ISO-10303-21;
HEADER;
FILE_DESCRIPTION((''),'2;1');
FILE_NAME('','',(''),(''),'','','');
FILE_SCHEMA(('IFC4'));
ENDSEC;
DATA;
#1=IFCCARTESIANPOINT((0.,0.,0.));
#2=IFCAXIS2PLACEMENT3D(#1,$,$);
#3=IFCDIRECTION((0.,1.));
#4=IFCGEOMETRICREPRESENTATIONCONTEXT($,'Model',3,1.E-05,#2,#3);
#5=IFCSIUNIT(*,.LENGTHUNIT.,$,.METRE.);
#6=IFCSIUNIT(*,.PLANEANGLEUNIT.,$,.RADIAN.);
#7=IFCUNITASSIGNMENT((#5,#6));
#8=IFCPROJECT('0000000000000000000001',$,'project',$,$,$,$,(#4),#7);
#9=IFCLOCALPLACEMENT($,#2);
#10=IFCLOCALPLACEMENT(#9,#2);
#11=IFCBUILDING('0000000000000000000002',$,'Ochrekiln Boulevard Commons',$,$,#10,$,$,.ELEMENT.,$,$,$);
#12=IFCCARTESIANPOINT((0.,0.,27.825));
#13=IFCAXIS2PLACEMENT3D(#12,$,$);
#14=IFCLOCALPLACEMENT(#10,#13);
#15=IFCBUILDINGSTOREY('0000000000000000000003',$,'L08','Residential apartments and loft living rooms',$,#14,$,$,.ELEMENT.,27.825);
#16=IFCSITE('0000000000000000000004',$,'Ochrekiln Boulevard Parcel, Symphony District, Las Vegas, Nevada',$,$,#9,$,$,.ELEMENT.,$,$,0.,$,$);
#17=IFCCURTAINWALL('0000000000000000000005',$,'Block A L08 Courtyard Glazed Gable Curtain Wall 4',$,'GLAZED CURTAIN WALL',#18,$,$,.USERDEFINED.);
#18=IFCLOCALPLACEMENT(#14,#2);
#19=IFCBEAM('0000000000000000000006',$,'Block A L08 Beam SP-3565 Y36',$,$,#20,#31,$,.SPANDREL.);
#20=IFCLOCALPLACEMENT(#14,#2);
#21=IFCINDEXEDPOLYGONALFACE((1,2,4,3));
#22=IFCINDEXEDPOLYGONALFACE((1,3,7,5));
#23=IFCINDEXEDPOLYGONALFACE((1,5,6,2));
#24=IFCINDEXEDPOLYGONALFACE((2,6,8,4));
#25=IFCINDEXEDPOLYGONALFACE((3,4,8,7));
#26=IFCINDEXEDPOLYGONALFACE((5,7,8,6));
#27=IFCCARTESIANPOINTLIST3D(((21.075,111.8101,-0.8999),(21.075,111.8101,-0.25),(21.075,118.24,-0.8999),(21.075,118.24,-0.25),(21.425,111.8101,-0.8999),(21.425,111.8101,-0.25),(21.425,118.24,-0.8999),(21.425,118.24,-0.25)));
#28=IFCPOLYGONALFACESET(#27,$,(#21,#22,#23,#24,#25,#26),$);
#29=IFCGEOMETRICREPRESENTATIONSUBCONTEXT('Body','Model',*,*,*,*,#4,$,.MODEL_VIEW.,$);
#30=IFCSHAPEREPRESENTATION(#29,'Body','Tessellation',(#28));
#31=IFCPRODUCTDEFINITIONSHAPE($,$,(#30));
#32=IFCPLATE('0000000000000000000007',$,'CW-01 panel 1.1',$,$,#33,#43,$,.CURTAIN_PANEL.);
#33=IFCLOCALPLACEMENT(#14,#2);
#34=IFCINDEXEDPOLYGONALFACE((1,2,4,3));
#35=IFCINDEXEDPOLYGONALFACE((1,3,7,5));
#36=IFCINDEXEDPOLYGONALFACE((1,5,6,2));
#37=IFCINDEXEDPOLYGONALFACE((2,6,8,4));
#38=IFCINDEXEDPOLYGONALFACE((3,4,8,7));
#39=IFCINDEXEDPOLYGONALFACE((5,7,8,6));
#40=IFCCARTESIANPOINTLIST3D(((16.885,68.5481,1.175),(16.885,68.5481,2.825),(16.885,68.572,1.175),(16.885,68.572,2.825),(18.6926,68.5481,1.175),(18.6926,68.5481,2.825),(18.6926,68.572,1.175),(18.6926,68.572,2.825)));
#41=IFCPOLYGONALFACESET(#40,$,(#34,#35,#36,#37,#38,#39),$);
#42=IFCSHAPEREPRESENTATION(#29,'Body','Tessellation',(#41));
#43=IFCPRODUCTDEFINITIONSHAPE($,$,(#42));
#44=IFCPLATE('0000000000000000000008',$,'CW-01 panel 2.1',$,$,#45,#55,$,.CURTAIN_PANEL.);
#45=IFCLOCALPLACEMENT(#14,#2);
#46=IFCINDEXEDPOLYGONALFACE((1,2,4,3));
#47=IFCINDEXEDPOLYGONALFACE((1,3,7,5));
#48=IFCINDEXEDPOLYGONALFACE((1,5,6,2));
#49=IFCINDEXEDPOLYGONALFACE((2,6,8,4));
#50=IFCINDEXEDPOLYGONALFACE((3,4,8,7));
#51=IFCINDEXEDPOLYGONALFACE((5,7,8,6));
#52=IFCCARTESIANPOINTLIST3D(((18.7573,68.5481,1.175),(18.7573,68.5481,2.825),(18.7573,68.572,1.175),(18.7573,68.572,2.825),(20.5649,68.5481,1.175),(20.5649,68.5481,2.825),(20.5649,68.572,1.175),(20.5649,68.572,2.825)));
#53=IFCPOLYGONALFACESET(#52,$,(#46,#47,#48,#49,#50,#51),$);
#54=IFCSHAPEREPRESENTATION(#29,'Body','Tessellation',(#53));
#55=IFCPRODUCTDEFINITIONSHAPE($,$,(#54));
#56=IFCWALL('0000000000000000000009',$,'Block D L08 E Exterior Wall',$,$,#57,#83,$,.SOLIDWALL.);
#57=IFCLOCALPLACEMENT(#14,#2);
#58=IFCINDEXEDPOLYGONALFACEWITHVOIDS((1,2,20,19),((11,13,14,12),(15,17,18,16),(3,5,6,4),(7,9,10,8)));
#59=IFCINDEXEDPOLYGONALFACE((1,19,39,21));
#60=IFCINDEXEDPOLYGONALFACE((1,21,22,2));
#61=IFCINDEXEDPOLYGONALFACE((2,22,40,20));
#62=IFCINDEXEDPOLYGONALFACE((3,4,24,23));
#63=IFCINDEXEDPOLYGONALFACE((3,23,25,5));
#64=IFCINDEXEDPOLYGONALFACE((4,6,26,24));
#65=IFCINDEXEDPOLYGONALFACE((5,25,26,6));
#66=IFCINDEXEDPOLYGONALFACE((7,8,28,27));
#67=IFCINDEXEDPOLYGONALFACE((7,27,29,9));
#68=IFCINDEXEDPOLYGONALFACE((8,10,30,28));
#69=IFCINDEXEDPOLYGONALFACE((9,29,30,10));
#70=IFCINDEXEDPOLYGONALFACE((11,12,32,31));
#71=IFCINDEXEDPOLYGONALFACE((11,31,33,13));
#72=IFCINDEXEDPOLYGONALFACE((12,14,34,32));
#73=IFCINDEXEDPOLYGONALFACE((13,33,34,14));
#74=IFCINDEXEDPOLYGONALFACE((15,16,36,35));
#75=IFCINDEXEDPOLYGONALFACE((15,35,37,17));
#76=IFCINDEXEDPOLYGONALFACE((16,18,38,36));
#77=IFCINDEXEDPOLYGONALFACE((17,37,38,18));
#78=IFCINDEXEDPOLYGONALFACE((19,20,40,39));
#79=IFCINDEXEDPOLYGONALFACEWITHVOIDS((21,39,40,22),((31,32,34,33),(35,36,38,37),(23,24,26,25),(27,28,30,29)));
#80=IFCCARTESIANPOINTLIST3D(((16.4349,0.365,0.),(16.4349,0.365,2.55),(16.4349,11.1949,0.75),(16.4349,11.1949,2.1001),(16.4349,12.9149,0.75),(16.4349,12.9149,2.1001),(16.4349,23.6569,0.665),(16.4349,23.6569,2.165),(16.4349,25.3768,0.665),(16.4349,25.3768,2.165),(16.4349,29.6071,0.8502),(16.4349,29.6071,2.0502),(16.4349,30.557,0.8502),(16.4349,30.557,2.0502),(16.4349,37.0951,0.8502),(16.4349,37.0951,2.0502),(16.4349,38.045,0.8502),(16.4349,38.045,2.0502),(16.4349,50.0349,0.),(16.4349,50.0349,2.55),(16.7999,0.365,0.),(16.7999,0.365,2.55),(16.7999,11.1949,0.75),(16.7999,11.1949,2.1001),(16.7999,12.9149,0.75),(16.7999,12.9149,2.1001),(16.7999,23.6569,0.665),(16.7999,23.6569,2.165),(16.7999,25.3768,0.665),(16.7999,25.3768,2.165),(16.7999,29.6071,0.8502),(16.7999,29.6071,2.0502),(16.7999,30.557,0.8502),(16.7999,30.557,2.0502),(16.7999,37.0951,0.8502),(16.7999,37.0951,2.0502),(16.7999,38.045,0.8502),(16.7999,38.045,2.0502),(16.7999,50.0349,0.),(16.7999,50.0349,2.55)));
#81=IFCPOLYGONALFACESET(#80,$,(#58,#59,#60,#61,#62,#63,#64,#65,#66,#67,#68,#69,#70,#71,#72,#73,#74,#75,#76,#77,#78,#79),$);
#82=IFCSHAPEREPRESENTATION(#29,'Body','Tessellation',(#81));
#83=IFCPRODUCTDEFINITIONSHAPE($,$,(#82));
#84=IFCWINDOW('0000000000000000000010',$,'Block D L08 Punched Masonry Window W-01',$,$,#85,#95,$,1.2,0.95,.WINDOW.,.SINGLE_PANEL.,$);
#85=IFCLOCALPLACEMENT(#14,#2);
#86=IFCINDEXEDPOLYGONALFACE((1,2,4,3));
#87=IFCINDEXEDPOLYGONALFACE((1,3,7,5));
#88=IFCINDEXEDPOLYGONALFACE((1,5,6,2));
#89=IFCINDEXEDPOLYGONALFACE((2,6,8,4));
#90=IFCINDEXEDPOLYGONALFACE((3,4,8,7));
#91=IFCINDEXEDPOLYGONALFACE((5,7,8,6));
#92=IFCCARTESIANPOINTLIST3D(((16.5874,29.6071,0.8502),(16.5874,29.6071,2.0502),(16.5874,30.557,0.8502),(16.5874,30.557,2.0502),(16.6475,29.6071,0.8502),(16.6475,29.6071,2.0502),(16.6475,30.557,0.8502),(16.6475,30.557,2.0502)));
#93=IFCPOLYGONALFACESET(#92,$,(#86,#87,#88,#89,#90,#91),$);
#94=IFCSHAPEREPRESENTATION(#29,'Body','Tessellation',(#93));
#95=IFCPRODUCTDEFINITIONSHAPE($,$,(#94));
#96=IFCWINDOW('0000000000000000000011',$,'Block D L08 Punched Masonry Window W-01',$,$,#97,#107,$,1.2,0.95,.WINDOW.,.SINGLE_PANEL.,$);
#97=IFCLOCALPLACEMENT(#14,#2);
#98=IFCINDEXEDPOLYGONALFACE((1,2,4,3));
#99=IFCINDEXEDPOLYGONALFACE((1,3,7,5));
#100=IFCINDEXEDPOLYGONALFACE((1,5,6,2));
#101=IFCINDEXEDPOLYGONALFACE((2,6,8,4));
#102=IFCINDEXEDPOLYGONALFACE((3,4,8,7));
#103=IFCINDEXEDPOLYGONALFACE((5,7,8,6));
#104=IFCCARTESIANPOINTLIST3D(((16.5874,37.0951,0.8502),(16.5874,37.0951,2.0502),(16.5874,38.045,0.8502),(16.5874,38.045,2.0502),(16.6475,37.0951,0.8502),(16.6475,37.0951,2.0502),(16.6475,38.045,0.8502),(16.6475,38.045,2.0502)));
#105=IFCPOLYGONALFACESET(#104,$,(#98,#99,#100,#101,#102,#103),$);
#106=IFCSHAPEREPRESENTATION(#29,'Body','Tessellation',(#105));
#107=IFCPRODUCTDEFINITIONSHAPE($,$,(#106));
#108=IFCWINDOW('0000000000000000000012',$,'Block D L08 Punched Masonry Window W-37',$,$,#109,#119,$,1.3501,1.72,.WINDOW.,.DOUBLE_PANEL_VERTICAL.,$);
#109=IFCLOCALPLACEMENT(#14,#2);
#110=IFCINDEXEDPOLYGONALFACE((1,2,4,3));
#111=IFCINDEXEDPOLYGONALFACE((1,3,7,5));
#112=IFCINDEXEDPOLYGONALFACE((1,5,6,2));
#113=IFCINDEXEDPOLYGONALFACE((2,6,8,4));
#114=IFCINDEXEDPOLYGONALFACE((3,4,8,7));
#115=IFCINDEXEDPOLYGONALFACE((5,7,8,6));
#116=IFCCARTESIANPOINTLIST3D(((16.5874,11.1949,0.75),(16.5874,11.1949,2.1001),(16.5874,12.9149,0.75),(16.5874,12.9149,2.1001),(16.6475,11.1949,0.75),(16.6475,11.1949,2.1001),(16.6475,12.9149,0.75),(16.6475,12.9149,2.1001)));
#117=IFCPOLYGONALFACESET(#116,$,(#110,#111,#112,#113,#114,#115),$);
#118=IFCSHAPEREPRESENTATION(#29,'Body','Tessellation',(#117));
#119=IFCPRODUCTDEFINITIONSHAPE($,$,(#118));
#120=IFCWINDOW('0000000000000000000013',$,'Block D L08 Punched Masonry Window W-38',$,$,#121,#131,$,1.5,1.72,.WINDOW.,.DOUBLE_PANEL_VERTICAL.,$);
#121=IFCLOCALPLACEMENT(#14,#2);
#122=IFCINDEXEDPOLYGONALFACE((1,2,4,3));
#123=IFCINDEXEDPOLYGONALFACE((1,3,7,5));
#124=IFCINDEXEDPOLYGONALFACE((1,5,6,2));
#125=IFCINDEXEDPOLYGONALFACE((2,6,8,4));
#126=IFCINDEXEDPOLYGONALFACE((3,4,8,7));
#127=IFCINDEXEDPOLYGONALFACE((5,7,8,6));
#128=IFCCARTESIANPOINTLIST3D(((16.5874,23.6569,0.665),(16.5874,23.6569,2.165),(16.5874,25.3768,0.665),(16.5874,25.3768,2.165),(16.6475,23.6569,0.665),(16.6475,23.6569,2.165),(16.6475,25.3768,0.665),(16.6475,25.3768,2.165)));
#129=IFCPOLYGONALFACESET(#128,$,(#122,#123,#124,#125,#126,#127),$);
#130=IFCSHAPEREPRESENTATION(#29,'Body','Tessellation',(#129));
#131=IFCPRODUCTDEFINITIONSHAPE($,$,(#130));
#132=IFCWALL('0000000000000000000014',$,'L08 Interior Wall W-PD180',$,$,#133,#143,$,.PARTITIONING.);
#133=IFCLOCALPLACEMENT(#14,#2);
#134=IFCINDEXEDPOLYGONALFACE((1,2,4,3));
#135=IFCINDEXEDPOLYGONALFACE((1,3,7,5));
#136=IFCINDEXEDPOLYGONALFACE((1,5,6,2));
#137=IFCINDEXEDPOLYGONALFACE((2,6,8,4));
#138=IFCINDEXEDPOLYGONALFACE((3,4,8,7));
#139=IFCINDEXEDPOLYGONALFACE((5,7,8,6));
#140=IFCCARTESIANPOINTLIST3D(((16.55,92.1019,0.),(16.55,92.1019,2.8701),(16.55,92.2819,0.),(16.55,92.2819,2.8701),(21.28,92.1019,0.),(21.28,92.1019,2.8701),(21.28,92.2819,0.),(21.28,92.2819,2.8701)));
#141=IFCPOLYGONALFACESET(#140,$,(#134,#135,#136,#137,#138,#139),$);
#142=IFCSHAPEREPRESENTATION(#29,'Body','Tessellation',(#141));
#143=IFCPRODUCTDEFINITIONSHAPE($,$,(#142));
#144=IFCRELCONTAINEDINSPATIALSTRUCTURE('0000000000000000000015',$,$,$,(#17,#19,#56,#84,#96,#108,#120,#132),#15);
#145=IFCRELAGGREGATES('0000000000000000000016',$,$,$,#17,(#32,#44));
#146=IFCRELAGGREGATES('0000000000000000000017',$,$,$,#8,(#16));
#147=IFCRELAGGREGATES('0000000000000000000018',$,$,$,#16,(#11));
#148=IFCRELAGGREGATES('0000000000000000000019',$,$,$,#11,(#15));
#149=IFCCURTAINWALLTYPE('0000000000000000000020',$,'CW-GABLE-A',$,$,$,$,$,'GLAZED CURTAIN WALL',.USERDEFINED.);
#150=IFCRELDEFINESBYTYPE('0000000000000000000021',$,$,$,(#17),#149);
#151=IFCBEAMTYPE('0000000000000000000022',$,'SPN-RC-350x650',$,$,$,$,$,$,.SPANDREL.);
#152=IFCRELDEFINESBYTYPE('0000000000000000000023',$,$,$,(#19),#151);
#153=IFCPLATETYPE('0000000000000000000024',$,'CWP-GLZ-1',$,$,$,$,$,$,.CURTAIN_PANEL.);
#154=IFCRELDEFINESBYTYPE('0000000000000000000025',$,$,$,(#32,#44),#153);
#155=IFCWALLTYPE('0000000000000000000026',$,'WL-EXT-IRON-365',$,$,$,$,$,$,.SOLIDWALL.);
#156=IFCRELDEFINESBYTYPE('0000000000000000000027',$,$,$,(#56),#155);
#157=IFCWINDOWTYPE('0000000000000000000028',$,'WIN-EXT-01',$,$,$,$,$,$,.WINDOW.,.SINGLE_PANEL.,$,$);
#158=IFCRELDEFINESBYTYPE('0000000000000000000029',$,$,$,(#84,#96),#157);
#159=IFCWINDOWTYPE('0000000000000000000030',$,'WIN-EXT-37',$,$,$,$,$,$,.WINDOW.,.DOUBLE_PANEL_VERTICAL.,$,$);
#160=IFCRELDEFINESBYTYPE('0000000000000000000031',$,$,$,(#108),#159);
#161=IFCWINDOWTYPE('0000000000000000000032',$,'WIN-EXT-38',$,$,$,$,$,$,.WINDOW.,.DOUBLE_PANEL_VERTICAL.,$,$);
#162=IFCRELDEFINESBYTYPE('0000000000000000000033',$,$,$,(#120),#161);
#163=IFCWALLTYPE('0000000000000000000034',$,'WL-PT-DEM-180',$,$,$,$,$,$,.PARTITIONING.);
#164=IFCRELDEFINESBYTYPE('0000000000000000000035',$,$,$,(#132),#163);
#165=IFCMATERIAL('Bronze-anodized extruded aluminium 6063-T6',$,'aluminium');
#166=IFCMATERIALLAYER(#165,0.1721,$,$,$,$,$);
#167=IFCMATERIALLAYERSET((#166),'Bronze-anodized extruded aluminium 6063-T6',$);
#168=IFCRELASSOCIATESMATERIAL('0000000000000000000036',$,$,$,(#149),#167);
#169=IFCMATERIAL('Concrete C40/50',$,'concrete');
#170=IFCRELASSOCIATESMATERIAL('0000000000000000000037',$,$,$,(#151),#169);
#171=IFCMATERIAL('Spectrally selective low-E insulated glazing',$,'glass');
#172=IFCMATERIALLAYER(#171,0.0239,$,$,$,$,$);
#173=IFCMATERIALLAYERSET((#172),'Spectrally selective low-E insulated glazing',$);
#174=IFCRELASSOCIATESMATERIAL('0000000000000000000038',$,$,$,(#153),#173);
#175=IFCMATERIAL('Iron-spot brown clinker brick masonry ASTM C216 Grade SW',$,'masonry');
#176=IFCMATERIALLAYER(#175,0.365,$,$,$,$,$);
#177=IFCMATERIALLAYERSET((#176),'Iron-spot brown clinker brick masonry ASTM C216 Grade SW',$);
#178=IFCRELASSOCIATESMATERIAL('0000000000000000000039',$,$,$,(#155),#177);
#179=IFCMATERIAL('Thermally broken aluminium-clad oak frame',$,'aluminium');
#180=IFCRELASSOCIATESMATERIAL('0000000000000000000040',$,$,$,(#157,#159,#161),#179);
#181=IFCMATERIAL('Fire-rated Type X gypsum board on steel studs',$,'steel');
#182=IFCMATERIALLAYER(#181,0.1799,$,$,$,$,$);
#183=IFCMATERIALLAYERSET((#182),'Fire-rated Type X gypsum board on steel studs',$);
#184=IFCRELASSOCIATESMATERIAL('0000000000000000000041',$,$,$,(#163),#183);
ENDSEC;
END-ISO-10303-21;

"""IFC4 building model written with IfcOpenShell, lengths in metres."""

from ifc_helpers import new_model, si_unit, direction, frame, frame_2d, origin, origin_2d, place, context, subcontext, project, spatial, rectangle, extrude, material, layer, layer_set, material_profile, profile_set, type_object, element, fill, aggregate, save


model = new_model("IFC4")

# Units and contexts
model_context = context("Model", 3, precision=1e-05, world=origin(), true_north=direction((0.0, 1.0)))
body_context = subcontext(model_context, "Body", "Model", "MODEL_VIEW")
ifc_project = project(units=[si_unit("LENGTHUNIT", "METRE"), si_unit("PLANEANGLEUNIT", "RADIAN")], contexts=[model_context])

# Site, building, storey
site_placement = place(None, origin())
site = spatial("IfcSite", under=ifc_project, at=site_placement, Name="Ochrekiln Boulevard Parcel, Symphony District, Las Vegas, Nevada", CompositionType="ELEMENT", RefElevation=0.0)
building_placement = place(site_placement, origin())
building = spatial("IfcBuilding", under=site, at=building_placement, Name="Ochrekiln Boulevard Commons", CompositionType="ELEMENT")
storey_placement = place(building_placement, frame((0.0, 0.0, 27.825)))
storey = spatial("IfcBuildingStorey", under=building, at=storey_placement, Name="L08", Description="Residential apartments and loft living rooms", CompositionType="ELEMENT", Elevation=27.825)

# Curtain wall
ifc_material_1 = material(Name="Bronze-anodized extruded aluminium 6063-T6", Category="aluminium")
ifc_layer_1 = layer(ifc_material_1, 0.1721)
ifc_layer_set_1 = layer_set([ifc_layer_1], Name="Bronze-anodized extruded aluminium 6063-T6")
curtain_wall_type = type_object("IfcCurtainWallType", Name="CW-GABLE-A", ElementType="GLAZED CURTAIN WALL", PredefinedType="USERDEFINED", material=ifc_layer_set_1)
curtain_wall_placement = place(storey_placement, origin())
curtain_wall = element("IfcCurtainWall", 1, at=curtain_wall_placement, inside=storey, type_object=curtain_wall_type, Name="Block A L08 Courtyard Glazed Gable Curtain Wall 4", ObjectType="GLAZED CURTAIN WALL", PredefinedType="USERDEFINED")

# Beam
ifc_material_2 = material(Name="Concrete C40/50", Category="concrete")
ifc_material_profile_1 = material_profile(ifc_material_2, rectangle(XDim=0.3501, YDim=0.6499, at=origin_2d()), Name="RC-SPN-350x650")
ifc_profile_set_1 = profile_set([ifc_material_profile_1], Name="Concrete C40/50")
beam_type = type_object("IfcBeamType", Name="SPN-RC-350x650", PredefinedType="SPANDREL", material=ifc_profile_set_1)
beam_1_placement = place(storey_placement, frame((21.25, 111.8101, -0.575), z_axis=(0.0, 1.0, 0.0), x_axis=(-1.0, 0.0, 0.0)))
element("IfcBeam", 2, at=beam_1_placement, inside=storey, type_object=beam_type, Name="Block A L08 Beam SP-3565 Y36", PredefinedType="SPANDREL", context=body_context, shape_type="SweptSolid", body=[
    extrude(rectangle(XDim=0.3501, YDim=0.6499, at=origin_2d()), origin(), (0.0, 0.0, 1.0), 6.4299),
])

# Plates
ifc_material_3 = material(Name="Spectrally selective low-E insulated glazing", Category="glass")
ifc_layer_2 = layer(ifc_material_3, 0.0239)
ifc_layer_set_2 = layer_set([ifc_layer_2], Name="Spectrally selective low-E insulated glazing")
plate_type = type_object("IfcPlateType", Name="CWP-GLZ-1", PredefinedType="CURTAIN_PANEL", material=ifc_layer_set_2)
plate_1_placement = place(storey_placement, frame((17.7888, 68.5601, 1.175), z_axis=(0.0, 0.0, 1.0), x_axis=(1.0, 0.0, 0.0)))
plate_1 = element("IfcPlate", 3, at=plate_1_placement, type_object=plate_type, Name="CW-01 panel 1.1", PredefinedType="CURTAIN_PANEL", context=body_context, shape_type="SweptSolid", body=[
    extrude(rectangle(XDim=1.8076, YDim=0.0239, at=origin_2d()), origin(), (0.0, 0.0, 1.0), 1.6499),
])
plate_2_placement = place(storey_placement, frame((19.6611, 68.5601, 1.175), z_axis=(0.0, 0.0, 1.0), x_axis=(1.0, 0.0, 0.0)))
plate_2 = element("IfcPlate", 4, at=plate_2_placement, type_object=plate_type, Name="CW-01 panel 2.1", PredefinedType="CURTAIN_PANEL", context=body_context, shape_type="SweptSolid", body=[
    extrude(rectangle(XDim=1.8076, YDim=0.0239, at=origin_2d()), origin(), (0.0, 0.0, 1.0), 1.6499),
])
aggregate(curtain_wall, [plate_1, plate_2])

# Wall, openings, windows
ifc_material_4 = material(Name="Iron-spot brown clinker brick masonry ASTM C216 Grade SW", Category="masonry")
ifc_layer_3 = layer(ifc_material_4, 0.365)
ifc_layer_set_3 = layer_set([ifc_layer_3], Name="Iron-spot brown clinker brick masonry ASTM C216 Grade SW")
wall_type_1 = type_object("IfcWallType", Name="WL-EXT-IRON-365", PredefinedType="SOLIDWALL", material=ifc_layer_set_3)
wall_1_placement = place(storey_placement, frame((16.6174, 0.365, 0.0), z_axis=(0.0, 0.0, 1.0), x_axis=(0.0, 1.0, 0.0)))
wall_1 = element("IfcWall", 5, at=wall_1_placement, inside=storey, type_object=wall_type_1, Name="Block D L08 E Exterior Wall", PredefinedType="SOLIDWALL", context=body_context, shape_type="SweptSolid", body=[
    extrude(rectangle(XDim=49.6699, YDim=0.365, at=frame_2d((24.835, 0.0))), origin(), (0.0, 0.0, 1.0), 2.55),
])
opening_1_placement = place(wall_1_placement, frame((10.8301, 0.0, 0.75)))
opening_1 = element("IfcOpeningElement", 6, at=opening_1_placement, cuts=wall_1, PredefinedType="OPENING", context=body_context, shape_type="SweptSolid", body=[
    extrude(rectangle(XDim=1.72, YDim=1.3501, at=frame_2d((0.8599, 0.675))), frame((0.0, 0.1924, 0.0), z_axis=(0.0, -1.0, 0.0), x_axis=(1.0, 0.0, 0.0)), (0.0, 0.0, 1.0), 0.385),
])
opening_2_placement = place(wall_1_placement, frame((23.292, 0.0, 0.665)))
opening_2 = element("IfcOpeningElement", 7, at=opening_2_placement, cuts=wall_1, PredefinedType="OPENING", context=body_context, shape_type="SweptSolid", body=[
    extrude(rectangle(XDim=1.72, YDim=1.5, at=frame_2d((0.8599, 0.75))), frame((0.0, 0.1924, 0.0), z_axis=(0.0, -1.0, 0.0), x_axis=(1.0, 0.0, 0.0)), (0.0, 0.0, 1.0), 0.385),
])
opening_3_placement = place(wall_1_placement, frame((29.2419, 0.0, 0.8501)))
opening_3 = element("IfcOpeningElement", 8, at=opening_3_placement, cuts=wall_1, PredefinedType="OPENING", context=body_context, shape_type="SweptSolid", body=[
    extrude(rectangle(XDim=0.95, YDim=1.2, at=frame_2d((0.4751, 0.6001))), frame((0.0, 0.1924, 0.0), z_axis=(0.0, -1.0, 0.0), x_axis=(1.0, 0.0, 0.0)), (0.0, 0.0, 1.0), 0.385),
])
opening_4_placement = place(wall_1_placement, frame((36.73, 0.0, 0.8501)))
opening_4 = element("IfcOpeningElement", 9, at=opening_4_placement, cuts=wall_1, PredefinedType="OPENING", context=body_context, shape_type="SweptSolid", body=[
    extrude(rectangle(XDim=0.95, YDim=1.2, at=frame_2d((0.4751, 0.6001))), frame((0.0, 0.1924, 0.0), z_axis=(0.0, -1.0, 0.0), x_axis=(1.0, 0.0, 0.0)), (0.0, 0.0, 1.0), 0.385),
])
ifc_material_5 = material(Name="Thermally broken aluminium-clad oak frame", Category="aluminium")
window_type_1 = type_object("IfcWindowType", Name="WIN-EXT-01", PartitioningType="SINGLE_PANEL", PredefinedType="WINDOW", material=ifc_material_5)
window_1_placement = place(opening_3_placement, origin())
window_1 = element("IfcWindow", 10, at=window_1_placement, inside=storey, type_object=window_type_1, Name="Block D L08 Punched Masonry Window W-01", OverallHeight=1.2, OverallWidth=0.95, PartitioningType="SINGLE_PANEL", PredefinedType="WINDOW", context=body_context, shape_type="SweptSolid", body=[
    extrude(rectangle(XDim=0.95, YDim=1.2, at=frame_2d((0.4751, 0.6001))), frame((0.0, 0.03, 0.0), z_axis=(0.0, -1.0, 0.0), x_axis=(1.0, 0.0, 0.0)), (0.0, 0.0, 1.0), 0.0601),
])
fill(opening_3, window_1)
window_2_placement = place(opening_4_placement, origin())
window_2 = element("IfcWindow", 11, at=window_2_placement, inside=storey, type_object=window_type_1, Name="Block D L08 Punched Masonry Window W-01", OverallHeight=1.2, OverallWidth=0.95, PartitioningType="SINGLE_PANEL", PredefinedType="WINDOW", context=body_context, shape_type="SweptSolid", body=[
    extrude(rectangle(XDim=0.95, YDim=1.2, at=frame_2d((0.4751, 0.6001))), frame((0.0, 0.03, 0.0), z_axis=(0.0, -1.0, 0.0), x_axis=(1.0, 0.0, 0.0)), (0.0, 0.0, 1.0), 0.0601),
])
fill(opening_4, window_2)
window_type_2 = type_object("IfcWindowType", Name="WIN-EXT-37", PartitioningType="DOUBLE_PANEL_VERTICAL", PredefinedType="WINDOW", material=ifc_material_5)
window_3_placement = place(opening_1_placement, origin())
window_3 = element("IfcWindow", 12, at=window_3_placement, inside=storey, type_object=window_type_2, Name="Block D L08 Punched Masonry Window W-37", OverallHeight=1.3501, OverallWidth=1.72, PartitioningType="DOUBLE_PANEL_VERTICAL", PredefinedType="WINDOW", context=body_context, shape_type="SweptSolid", body=[
    extrude(rectangle(XDim=1.72, YDim=1.3501, at=frame_2d((0.8599, 0.675))), frame((0.0, 0.03, 0.0), z_axis=(0.0, -1.0, 0.0), x_axis=(1.0, 0.0, 0.0)), (0.0, 0.0, 1.0), 0.0601),
])
fill(opening_1, window_3)
window_type_3 = type_object("IfcWindowType", Name="WIN-EXT-38", PartitioningType="DOUBLE_PANEL_VERTICAL", PredefinedType="WINDOW", material=ifc_material_5)
window_4_placement = place(opening_2_placement, origin())
window_4 = element("IfcWindow", 13, at=window_4_placement, inside=storey, type_object=window_type_3, Name="Block D L08 Punched Masonry Window W-38", OverallHeight=1.5, OverallWidth=1.72, PartitioningType="DOUBLE_PANEL_VERTICAL", PredefinedType="WINDOW", context=body_context, shape_type="SweptSolid", body=[
    extrude(rectangle(XDim=1.72, YDim=1.5, at=frame_2d((0.8599, 0.75))), frame((0.0, 0.03, 0.0), z_axis=(0.0, -1.0, 0.0), x_axis=(1.0, 0.0, 0.0)), (0.0, 0.0, 1.0), 0.0601),
])
fill(opening_2, window_4)

# Wall
ifc_material_6 = material(Name="Fire-rated Type X gypsum board on steel studs", Category="steel")
ifc_layer_4 = layer(ifc_material_6, 0.1799)
ifc_layer_set_4 = layer_set([ifc_layer_4], Name="Fire-rated Type X gypsum board on steel studs")
wall_type_2 = type_object("IfcWallType", Name="WL-PT-DEM-180", PredefinedType="PARTITIONING", material=ifc_layer_set_4)
wall_2_placement = place(storey_placement, frame((16.55, 92.1919, 0.0), z_axis=(0.0, 0.0, 1.0), x_axis=(1.0, 0.0, 0.0)))
element("IfcWall", 14, at=wall_2_placement, inside=storey, type_object=wall_type_2, Name="L08 Interior Wall W-PD180", PredefinedType="PARTITIONING", context=body_context, shape_type="SweptSolid", body=[
    extrude(rectangle(XDim=4.73, YDim=0.1799, at=frame_2d((2.365, 0.0))), origin(), (0.0, 0.0, 1.0), 2.8701),
])

save(model, "model.ifc")
